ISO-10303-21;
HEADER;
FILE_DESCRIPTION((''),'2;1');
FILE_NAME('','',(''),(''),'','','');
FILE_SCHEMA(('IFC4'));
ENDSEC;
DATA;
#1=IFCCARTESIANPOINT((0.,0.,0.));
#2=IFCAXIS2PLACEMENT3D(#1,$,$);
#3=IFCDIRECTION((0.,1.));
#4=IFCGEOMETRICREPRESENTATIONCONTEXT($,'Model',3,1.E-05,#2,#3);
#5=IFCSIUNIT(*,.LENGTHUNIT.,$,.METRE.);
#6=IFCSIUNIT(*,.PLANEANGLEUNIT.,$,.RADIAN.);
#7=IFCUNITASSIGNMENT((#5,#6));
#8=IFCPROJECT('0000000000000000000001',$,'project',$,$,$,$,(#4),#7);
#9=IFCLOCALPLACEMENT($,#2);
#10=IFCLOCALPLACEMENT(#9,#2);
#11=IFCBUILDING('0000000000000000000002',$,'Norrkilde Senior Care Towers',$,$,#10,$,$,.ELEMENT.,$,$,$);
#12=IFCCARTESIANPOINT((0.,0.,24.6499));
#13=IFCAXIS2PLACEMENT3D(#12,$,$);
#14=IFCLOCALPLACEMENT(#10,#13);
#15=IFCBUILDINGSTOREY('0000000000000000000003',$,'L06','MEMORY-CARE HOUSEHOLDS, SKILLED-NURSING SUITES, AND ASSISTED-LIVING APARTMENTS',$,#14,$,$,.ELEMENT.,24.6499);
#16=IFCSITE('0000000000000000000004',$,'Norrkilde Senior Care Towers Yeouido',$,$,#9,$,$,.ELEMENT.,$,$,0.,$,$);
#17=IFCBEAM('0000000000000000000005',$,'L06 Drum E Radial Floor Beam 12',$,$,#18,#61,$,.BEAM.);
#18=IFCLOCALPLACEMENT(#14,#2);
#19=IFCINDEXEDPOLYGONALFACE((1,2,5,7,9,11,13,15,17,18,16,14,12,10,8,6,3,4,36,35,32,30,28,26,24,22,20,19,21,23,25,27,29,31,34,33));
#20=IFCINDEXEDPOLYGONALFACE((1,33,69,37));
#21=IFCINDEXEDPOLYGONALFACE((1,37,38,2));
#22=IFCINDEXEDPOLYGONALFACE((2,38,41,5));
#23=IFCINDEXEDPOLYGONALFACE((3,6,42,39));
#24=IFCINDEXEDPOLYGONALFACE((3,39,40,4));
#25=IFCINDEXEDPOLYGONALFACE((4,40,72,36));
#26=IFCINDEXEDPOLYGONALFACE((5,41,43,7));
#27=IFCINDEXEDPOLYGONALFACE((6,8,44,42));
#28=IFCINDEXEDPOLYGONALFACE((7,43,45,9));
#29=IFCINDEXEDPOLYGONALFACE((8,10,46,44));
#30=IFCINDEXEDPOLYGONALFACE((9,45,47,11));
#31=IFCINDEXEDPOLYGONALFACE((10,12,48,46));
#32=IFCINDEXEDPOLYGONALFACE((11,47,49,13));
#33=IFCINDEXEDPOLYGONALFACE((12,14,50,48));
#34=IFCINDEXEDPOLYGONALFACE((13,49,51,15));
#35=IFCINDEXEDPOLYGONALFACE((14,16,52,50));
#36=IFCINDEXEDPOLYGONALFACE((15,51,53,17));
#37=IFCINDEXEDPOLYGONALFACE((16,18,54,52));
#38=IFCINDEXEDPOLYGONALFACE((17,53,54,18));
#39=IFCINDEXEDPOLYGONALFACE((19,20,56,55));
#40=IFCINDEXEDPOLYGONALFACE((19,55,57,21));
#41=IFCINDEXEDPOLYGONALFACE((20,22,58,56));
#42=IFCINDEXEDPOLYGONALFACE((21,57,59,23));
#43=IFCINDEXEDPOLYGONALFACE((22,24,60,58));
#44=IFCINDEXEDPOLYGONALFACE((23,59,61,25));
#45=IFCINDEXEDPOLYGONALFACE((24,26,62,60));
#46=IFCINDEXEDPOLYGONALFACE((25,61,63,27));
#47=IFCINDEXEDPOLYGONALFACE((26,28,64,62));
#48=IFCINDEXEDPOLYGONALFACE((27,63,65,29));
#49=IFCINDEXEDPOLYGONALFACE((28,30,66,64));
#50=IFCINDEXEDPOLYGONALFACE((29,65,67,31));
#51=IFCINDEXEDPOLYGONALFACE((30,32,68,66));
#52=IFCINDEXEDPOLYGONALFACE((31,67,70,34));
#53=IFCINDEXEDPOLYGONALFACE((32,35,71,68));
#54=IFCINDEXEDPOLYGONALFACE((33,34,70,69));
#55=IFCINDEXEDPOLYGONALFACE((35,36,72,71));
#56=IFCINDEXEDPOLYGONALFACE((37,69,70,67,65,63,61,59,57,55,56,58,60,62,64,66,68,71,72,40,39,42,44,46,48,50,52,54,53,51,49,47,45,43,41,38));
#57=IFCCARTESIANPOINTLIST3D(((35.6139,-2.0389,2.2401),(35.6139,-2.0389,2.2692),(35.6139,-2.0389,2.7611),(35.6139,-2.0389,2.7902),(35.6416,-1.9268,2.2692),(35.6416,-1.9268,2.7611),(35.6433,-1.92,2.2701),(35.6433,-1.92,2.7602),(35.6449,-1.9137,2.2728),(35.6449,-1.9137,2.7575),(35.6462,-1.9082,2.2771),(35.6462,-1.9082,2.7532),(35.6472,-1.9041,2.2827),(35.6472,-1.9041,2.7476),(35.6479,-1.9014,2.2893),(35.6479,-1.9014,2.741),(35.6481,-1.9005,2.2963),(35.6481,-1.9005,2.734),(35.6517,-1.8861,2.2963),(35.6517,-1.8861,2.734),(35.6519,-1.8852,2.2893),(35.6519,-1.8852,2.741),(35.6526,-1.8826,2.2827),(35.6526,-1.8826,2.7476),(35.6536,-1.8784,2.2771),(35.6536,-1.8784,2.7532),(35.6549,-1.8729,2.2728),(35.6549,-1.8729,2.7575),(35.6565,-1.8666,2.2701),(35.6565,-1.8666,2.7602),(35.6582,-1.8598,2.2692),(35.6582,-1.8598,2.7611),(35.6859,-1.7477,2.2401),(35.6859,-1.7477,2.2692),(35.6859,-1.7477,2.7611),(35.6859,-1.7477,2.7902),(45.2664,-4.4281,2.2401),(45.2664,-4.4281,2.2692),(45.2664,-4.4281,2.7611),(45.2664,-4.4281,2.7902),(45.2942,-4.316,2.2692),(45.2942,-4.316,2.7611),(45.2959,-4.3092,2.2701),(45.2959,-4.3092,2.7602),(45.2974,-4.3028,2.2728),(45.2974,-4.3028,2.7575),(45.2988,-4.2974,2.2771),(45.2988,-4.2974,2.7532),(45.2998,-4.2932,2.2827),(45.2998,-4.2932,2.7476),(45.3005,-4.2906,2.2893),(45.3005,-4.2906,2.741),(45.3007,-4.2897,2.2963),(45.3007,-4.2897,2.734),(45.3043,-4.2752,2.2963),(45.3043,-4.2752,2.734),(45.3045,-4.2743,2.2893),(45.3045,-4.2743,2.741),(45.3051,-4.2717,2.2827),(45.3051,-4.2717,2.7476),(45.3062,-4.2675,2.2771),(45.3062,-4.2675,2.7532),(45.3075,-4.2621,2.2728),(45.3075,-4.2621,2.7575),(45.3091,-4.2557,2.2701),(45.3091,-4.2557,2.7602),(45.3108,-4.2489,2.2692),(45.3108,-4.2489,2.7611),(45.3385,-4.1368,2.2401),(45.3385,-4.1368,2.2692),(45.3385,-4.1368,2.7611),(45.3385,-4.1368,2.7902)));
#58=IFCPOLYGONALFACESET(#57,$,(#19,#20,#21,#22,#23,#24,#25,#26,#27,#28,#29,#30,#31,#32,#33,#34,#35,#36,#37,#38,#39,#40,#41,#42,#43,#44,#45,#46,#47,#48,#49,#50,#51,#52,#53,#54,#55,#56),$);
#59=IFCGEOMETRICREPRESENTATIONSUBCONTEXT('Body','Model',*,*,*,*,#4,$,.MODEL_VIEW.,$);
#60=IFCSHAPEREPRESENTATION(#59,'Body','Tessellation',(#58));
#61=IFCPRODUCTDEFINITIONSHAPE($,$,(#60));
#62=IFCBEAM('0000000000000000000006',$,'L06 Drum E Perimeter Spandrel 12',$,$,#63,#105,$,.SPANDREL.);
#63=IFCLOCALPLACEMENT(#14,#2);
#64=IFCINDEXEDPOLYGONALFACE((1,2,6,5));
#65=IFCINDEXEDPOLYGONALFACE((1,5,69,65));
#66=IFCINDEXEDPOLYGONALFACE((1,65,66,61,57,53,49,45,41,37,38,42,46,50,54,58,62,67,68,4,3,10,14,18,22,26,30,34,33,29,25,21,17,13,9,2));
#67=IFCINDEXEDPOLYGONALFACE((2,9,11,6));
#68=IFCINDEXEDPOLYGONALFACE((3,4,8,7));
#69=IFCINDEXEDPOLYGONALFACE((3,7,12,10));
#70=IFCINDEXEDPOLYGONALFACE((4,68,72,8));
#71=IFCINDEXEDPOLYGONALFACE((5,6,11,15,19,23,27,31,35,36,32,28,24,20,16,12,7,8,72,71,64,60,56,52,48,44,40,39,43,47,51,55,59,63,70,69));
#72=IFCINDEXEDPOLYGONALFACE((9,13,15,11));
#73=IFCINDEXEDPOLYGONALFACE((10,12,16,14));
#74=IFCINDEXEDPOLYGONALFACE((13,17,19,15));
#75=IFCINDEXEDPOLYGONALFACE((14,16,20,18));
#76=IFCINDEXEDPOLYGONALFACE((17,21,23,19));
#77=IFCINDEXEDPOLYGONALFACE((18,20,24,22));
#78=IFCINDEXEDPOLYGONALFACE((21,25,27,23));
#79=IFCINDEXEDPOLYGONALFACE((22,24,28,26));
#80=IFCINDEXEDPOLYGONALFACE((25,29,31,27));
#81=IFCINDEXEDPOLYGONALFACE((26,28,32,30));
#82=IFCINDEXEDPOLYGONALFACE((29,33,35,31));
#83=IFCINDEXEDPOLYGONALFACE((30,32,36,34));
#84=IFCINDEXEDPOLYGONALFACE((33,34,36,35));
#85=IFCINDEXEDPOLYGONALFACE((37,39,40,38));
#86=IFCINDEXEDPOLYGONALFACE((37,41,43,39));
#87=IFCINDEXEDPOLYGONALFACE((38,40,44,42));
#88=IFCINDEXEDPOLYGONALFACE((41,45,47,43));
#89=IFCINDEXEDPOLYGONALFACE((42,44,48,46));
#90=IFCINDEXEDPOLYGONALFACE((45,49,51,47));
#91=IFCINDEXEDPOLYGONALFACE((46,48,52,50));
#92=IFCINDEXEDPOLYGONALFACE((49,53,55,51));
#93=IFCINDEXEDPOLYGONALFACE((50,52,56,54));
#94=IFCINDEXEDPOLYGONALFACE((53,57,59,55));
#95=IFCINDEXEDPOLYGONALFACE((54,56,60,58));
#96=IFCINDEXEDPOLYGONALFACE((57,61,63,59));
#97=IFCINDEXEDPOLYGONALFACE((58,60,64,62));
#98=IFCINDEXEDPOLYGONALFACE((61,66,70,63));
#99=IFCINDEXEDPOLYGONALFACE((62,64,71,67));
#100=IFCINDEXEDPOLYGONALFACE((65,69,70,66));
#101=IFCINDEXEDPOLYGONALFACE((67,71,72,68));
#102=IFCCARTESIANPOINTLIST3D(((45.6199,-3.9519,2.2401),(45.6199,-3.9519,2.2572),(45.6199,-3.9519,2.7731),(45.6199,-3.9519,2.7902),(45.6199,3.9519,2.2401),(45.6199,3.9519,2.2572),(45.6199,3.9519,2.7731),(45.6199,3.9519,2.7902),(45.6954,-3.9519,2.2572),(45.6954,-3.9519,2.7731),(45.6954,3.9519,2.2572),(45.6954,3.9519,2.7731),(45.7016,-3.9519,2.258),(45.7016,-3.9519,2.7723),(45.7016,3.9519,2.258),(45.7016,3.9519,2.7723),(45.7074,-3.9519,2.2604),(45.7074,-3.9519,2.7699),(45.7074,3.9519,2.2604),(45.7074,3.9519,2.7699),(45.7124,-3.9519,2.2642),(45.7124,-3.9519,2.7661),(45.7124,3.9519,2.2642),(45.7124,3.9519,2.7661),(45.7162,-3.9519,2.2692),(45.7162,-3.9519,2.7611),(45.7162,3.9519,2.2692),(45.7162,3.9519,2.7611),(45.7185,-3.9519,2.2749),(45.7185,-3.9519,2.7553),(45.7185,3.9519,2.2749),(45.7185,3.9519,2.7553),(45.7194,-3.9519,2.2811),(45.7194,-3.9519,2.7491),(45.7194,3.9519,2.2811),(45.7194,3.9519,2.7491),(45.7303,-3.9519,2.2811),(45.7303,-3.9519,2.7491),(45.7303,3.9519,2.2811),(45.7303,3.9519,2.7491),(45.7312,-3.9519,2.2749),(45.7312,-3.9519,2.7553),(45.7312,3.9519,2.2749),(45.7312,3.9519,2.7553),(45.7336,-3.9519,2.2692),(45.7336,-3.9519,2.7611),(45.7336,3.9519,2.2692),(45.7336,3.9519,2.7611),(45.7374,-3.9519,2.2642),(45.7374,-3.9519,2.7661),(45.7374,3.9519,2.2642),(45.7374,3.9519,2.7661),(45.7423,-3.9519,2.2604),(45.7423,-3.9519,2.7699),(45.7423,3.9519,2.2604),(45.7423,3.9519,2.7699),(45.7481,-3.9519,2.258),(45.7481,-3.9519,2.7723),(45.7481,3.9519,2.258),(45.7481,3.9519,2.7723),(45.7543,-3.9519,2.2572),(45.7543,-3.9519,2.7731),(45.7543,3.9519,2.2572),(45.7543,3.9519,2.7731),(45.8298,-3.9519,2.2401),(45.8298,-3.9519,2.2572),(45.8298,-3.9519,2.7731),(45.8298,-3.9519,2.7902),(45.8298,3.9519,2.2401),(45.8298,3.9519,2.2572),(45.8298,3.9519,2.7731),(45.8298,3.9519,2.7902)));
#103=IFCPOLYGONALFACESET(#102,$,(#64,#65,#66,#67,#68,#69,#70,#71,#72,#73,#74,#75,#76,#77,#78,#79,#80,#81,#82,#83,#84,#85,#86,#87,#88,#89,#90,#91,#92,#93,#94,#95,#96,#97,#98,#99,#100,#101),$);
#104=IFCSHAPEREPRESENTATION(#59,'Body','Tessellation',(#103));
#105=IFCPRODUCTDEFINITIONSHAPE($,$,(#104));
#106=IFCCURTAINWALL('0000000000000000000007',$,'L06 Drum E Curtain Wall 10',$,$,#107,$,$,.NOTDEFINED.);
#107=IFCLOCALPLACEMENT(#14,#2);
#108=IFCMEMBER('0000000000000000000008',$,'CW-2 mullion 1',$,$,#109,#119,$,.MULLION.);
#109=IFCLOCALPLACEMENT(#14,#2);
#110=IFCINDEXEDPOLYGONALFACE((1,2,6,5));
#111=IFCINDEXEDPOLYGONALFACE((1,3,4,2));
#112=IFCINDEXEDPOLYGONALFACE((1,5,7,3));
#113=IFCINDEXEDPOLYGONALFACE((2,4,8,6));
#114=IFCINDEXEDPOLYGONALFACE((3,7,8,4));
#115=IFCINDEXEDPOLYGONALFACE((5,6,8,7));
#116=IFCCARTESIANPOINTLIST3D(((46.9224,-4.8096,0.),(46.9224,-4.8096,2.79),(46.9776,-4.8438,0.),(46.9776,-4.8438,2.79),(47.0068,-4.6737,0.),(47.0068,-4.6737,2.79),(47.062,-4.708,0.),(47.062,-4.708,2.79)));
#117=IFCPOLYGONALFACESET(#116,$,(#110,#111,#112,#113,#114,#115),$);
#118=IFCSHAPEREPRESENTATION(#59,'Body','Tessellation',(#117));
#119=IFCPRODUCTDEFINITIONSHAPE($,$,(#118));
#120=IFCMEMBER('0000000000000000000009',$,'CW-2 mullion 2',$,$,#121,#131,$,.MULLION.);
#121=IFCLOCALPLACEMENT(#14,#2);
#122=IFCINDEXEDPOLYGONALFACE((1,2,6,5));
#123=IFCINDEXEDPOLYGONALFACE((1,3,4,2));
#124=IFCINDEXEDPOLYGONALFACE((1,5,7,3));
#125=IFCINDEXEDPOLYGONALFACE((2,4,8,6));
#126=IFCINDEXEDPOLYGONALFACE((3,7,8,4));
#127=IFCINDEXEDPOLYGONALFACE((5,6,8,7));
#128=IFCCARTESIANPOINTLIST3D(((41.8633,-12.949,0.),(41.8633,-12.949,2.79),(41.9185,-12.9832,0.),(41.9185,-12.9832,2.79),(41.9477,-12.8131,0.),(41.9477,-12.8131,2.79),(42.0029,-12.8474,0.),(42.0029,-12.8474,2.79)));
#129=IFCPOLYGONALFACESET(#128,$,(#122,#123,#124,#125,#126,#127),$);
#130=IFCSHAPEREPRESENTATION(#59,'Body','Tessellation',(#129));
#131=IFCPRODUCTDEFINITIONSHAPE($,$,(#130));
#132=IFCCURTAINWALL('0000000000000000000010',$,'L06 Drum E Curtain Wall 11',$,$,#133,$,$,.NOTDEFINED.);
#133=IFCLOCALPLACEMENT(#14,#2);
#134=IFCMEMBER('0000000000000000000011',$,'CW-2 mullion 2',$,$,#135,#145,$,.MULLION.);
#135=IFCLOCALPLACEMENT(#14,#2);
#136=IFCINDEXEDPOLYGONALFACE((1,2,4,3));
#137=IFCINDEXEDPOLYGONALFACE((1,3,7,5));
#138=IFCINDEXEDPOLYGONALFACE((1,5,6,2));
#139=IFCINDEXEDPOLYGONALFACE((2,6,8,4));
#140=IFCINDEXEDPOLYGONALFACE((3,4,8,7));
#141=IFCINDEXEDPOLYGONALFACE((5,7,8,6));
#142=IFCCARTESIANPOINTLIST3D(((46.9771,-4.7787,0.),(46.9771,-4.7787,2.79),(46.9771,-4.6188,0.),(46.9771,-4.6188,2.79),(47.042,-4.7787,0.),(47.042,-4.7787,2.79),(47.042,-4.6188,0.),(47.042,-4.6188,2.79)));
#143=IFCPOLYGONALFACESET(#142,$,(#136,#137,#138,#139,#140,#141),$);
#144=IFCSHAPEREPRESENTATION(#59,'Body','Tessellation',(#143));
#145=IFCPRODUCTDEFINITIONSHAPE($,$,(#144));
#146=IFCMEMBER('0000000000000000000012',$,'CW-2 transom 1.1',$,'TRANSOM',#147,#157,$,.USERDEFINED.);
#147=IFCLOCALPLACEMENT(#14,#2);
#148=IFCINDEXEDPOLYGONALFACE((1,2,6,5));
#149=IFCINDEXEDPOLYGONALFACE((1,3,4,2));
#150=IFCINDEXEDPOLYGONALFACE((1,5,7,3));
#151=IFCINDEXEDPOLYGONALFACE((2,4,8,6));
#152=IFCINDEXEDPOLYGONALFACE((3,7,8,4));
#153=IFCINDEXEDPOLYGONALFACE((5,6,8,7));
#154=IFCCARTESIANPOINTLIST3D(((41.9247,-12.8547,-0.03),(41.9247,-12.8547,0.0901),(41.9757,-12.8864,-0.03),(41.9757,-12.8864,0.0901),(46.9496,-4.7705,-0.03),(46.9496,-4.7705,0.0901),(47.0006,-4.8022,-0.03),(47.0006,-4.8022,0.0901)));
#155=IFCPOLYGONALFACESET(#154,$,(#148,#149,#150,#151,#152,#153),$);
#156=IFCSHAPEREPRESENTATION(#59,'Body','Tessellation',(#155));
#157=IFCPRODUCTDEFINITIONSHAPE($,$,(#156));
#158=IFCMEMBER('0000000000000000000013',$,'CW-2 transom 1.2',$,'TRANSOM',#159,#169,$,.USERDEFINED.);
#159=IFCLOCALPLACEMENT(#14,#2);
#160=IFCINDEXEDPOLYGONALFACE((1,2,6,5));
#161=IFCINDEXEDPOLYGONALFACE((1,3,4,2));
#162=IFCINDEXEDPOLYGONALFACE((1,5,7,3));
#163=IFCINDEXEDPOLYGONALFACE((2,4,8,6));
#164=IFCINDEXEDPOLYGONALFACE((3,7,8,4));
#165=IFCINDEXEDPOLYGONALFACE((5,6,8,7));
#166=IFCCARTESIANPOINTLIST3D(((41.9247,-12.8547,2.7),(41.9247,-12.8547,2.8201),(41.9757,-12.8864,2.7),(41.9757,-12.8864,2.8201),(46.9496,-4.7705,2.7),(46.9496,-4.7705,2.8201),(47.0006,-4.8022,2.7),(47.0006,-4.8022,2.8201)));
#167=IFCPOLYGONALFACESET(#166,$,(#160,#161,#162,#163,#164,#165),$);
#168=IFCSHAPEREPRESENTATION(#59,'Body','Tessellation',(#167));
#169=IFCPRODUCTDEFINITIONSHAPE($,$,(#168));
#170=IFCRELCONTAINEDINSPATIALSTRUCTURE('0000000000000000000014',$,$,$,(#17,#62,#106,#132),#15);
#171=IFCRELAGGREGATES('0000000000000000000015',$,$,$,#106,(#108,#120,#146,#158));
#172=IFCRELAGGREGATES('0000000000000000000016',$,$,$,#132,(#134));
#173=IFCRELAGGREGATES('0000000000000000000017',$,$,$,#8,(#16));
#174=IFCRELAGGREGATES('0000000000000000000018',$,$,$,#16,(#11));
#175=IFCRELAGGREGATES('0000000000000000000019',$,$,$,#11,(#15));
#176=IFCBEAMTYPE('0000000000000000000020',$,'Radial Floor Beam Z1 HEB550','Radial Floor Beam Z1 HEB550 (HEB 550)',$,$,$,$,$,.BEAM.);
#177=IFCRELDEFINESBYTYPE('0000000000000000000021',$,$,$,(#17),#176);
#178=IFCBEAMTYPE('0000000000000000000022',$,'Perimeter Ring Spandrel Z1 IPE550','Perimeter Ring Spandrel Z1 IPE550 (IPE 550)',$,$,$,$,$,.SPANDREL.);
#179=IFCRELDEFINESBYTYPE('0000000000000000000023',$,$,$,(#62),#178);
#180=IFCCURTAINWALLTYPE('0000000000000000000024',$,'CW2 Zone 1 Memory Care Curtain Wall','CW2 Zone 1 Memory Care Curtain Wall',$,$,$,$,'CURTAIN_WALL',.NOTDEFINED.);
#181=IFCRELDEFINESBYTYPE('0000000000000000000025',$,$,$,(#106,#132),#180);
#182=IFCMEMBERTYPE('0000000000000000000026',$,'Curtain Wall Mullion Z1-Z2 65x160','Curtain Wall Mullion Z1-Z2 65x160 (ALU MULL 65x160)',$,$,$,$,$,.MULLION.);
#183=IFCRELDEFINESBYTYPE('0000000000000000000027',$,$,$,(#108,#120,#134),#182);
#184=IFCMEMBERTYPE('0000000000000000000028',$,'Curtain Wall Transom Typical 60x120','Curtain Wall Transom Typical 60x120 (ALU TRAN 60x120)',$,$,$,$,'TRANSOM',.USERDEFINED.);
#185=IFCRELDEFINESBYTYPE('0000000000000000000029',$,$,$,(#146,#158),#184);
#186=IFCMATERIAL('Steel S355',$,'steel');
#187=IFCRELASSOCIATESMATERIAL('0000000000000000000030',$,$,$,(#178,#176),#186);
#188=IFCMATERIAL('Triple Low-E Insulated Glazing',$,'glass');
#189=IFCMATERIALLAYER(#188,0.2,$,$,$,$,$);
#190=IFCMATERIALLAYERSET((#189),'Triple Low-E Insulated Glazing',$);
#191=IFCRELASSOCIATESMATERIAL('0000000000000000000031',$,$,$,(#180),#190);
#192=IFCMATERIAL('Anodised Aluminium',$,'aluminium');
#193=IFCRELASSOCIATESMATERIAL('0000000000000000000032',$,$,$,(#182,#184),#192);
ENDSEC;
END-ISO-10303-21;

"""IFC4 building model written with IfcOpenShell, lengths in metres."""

from ifc_helpers import new_model, si_unit, direction, frame, origin, origin_2d, place, context, subcontext, project, spatial, rectangle, i_section, extrude, source, transform, mapped, material, layer, layer_set, material_profile, profile_set, type_object, type_shapes, element, aggregate, save


model = new_model("IFC4")

# Units and contexts
model_context = context("Model", 3, precision=1e-05, world=origin(), true_north=direction((0.0, 1.0)))
body_context = subcontext(model_context, "Body", "Model", "MODEL_VIEW")
ifc_project = project(units=[si_unit("LENGTHUNIT", "METRE"), si_unit("PLANEANGLEUNIT", "RADIAN")], contexts=[model_context])

# Site, building, storey
site_placement = place(None, origin())
site = spatial("IfcSite", under=ifc_project, at=site_placement, Name="Norrkilde Senior Care Towers Yeouido", CompositionType="ELEMENT", RefElevation=0.0)
building_placement = place(site_placement, origin())
building = spatial("IfcBuilding", under=site, at=building_placement, Name="Norrkilde Senior Care Towers", CompositionType="ELEMENT")
storey_placement = place(building_placement, frame((0.0, 0.0, 24.6499)))
storey = spatial("IfcBuildingStorey", under=building, at=storey_placement, Name="L06", Description="MEMORY-CARE HOUSEHOLDS, SKILLED-NURSING SUITES, AND ASSISTED-LIVING APARTMENTS", CompositionType="ELEMENT", Elevation=24.6499)

# Beams
ifc_material_1 = material(Name="Steel S355", Category="steel")
ifc_material_profile_1 = material_profile(ifc_material_1, i_section(OverallWidth=0.21, OverallDepth=0.55, WebThickness=0.011, FlangeThickness=0.0171, FilletRadius=0.0239, at=origin_2d()), Name="IPE 550")
ifc_profile_set_1 = profile_set([ifc_material_profile_1], Name="Steel S355")
beam_type_1 = type_object("IfcBeamType", Name="Perimeter Ring Spandrel Z1 IPE550", Description="Perimeter Ring Spandrel Z1 IPE550 (IPE 550)", PredefinedType="SPANDREL", material=ifc_profile_set_1)
ifc_material_profile_2 = material_profile(ifc_material_1, i_section(OverallWidth=0.3, OverallDepth=0.55, WebThickness=0.0149, FlangeThickness=0.0291, FilletRadius=0.0271, at=origin_2d()), Name="HEB 550")
ifc_profile_set_2 = profile_set([ifc_material_profile_2], Name="Steel S355")
beam_type_2 = type_object("IfcBeamType", Name="Radial Floor Beam Z1 HEB550", Description="Radial Floor Beam Z1 HEB550 (HEB 550)", PredefinedType="BEAM", material=ifc_profile_set_2)
shared_shape_1 = source(origin(), body_context, "Body", "SweptSolid", [
    extrude(i_section(OverallWidth=0.3, OverallDepth=0.55, WebThickness=0.0149, FlangeThickness=0.0291, FilletRadius=0.0271, at=origin_2d()), origin(), (0.0, 0.0, 1.0), 9.9438),
])
type_shapes(beam_type_2, [shared_shape_1])
beam_1_placement = place(storey_placement, frame((35.6499, -1.8933, 2.5151), z_axis=(0.970707, -0.240265, 0.0), x_axis=(0.240265, 0.970707, 0.0)))
element("IfcBeam", 1, at=beam_1_placement, inside=storey, type_object=beam_type_2, Name="L06 Drum E Radial Floor Beam 12", PredefinedType="BEAM", context=body_context, shape_type="MappedRepresentation", body=[
    mapped(shared_shape_1, transform((0.0, 0.0, 0.0), x_axis=(1.0, 0.0, 0.0), y_axis=(0.0, 1.0, 0.0), z_axis=(0.0, 0.0, 1.0), scale=1.0)),
])
shared_shape_2 = source(origin(), body_context, "Body", "SweptSolid", [
    extrude(i_section(OverallWidth=0.21, OverallDepth=0.55, WebThickness=0.011, FlangeThickness=0.0171, FilletRadius=0.0239, at=origin_2d()), origin(), (0.0, 0.0, 1.0), 7.9038),
])
beam_2_placement = place(storey_placement, frame((45.7249, -3.9519, 2.5151), z_axis=(0.0, 1.0, 0.0), x_axis=(-1.0, 0.0, 0.0)))
element("IfcBeam", 2, at=beam_2_placement, inside=storey, type_object=beam_type_1, Name="L06 Drum E Perimeter Spandrel 12", PredefinedType="SPANDREL", context=body_context, shape_type="MappedRepresentation", body=[
    mapped(shared_shape_2, transform((0.0, 0.0, 0.0), x_axis=(1.0, 0.0, 0.0), y_axis=(0.0, 1.0, 0.0), z_axis=(0.0, 0.0, 1.0), scale=1.0)),
])

# Curtain wall, members
ifc_material_2 = material(Name="Triple Low-E Insulated Glazing", Category="glass")
ifc_layer_1 = layer(ifc_material_2, 0.2)
ifc_layer_set_1 = layer_set([ifc_layer_1], Name="Triple Low-E Insulated Glazing")
curtain_wall_type = type_object("IfcCurtainWallType", Name="CW2 Zone 1 Memory Care Curtain Wall", Description="CW2 Zone 1 Memory Care Curtain Wall", ElementType="CURTAIN_WALL", PredefinedType="NOTDEFINED", material=ifc_layer_set_1)
curtain_wall_1_placement = place(storey_placement, origin())
curtain_wall_1 = element("IfcCurtainWall", 3, at=curtain_wall_1_placement, inside=storey, type_object=curtain_wall_type, Name="L06 Drum E Curtain Wall 10", PredefinedType="NOTDEFINED")
ifc_material_3 = material(Name="Anodised Aluminium", Category="aluminium")
ifc_material_profile_3 = material_profile(ifc_material_3, rectangle(XDim=0.0649, YDim=0.1599, at=origin_2d()), Name="ALU MULL 65x160")
ifc_profile_set_3 = profile_set([ifc_material_profile_3], Name="Anodised Aluminium")
member_type_1 = type_object("IfcMemberType", Name="Curtain Wall Mullion Z1-Z2 65x160", Description="Curtain Wall Mullion Z1-Z2 65x160 (ALU MULL 65x160)", PredefinedType="MULLION", material=ifc_profile_set_3)
shared_shape_3 = source(origin(), body_context, "Body", "SweptSolid", [
    extrude(rectangle(XDim=0.0649, YDim=0.1599, at=origin_2d()), origin(), (0.0, 0.0, 1.0), 2.79),
])
type_shapes(member_type_1, [shared_shape_3])
member_1_placement = place(storey_placement, frame((46.9922, -4.7588, 0.0), z_axis=(0.0, 0.0, 1.0), x_axis=(0.849306, -0.527901, 0.0)))
member_1 = element("IfcMember", 4, at=member_1_placement, type_object=member_type_1, Name="CW-2 mullion 1", PredefinedType="MULLION", context=body_context, shape_type="MappedRepresentation", body=[
    mapped(shared_shape_3, transform((0.0, 0.0, 0.0), x_axis=(1.0, 0.0, 0.0), y_axis=(0.0, 1.0, 0.0), z_axis=(0.0, 0.0, 1.0), scale=1.0)),
])
member_2_placement = place(storey_placement, frame((41.9331, -12.8982, 0.0), z_axis=(0.0, 0.0, 1.0), x_axis=(0.849306, -0.527901, 0.0)))
member_2 = element("IfcMember", 5, at=member_2_placement, type_object=member_type_1, Name="CW-2 mullion 2", PredefinedType="MULLION", context=body_context, shape_type="MappedRepresentation", body=[
    mapped(shared_shape_3, transform((0.0, 0.0, 0.0), x_axis=(1.0, 0.0, 0.0), y_axis=(0.0, 1.0, 0.0), z_axis=(0.0, 0.0, 1.0), scale=1.0)),
])

# Curtain wall, member
curtain_wall_2_placement = place(storey_placement, origin())
curtain_wall_2 = element("IfcCurtainWall", 6, at=curtain_wall_2_placement, inside=storey, type_object=curtain_wall_type, Name="L06 Drum E Curtain Wall 11", PredefinedType="NOTDEFINED")
member_3_placement = place(storey_placement, frame((47.0095, -4.6987, 0.0), z_axis=(0.0, 0.0, 1.0), x_axis=(1.0, 0.0, 0.0)))
member_3 = element("IfcMember", 7, at=member_3_placement, type_object=member_type_1, Name="CW-2 mullion 2", PredefinedType="MULLION", context=body_context, shape_type="MappedRepresentation", body=[
    mapped(shared_shape_3, transform((0.0, 0.0, 0.0), x_axis=(1.0, 0.0, 0.0), y_axis=(0.0, 1.0, 0.0), z_axis=(0.0, 0.0, 1.0), scale=1.0)),
])

# Members
ifc_material_profile_4 = material_profile(ifc_material_3, rectangle(XDim=0.0601, YDim=0.1201, at=origin_2d()), Name="ALU TRAN 60x120")
ifc_profile_set_4 = profile_set([ifc_material_profile_4], Name="Anodised Aluminium")
member_type_2 = type_object("IfcMemberType", Name="Curtain Wall Transom Typical 60x120", Description="Curtain Wall Transom Typical 60x120 (ALU TRAN 60x120)", ElementType="TRANSOM", PredefinedType="USERDEFINED", material=ifc_profile_set_4)
shared_shape_4 = source(origin(), body_context, "Body", "SweptSolid", [
    extrude(rectangle(XDim=0.0601, YDim=0.1201, at=origin_2d()), origin(), (0.0, 0.0, 1.0), 9.5186),
])
type_shapes(member_type_2, [shared_shape_4])
member_4_placement = place(storey_placement, frame((46.9751, -4.7864, 0.03), z_axis=(-0.527902, -0.849306, 0.0), x_axis=(0.849306, -0.527902, 0.0)))
member_4 = element("IfcMember", 8, at=member_4_placement, type_object=member_type_2, Name="CW-2 transom 1.1", ObjectType="TRANSOM", PredefinedType="USERDEFINED", context=body_context, shape_type="MappedRepresentation", body=[
    mapped(shared_shape_4, transform((0.0, 0.0, 0.0), x_axis=(1.0, 0.0, 0.0), y_axis=(0.0, 1.0, 0.0), z_axis=(0.0, 0.0, 1.0), scale=1.0)),
])
member_5_placement = place(storey_placement, frame((46.9751, -4.7864, 2.76), z_axis=(-0.527902, -0.849306, 0.0), x_axis=(0.849306, -0.527902, 0.0)))
member_5 = element("IfcMember", 9, at=member_5_placement, type_object=member_type_2, Name="CW-2 transom 1.2", ObjectType="TRANSOM", PredefinedType="USERDEFINED", context=body_context, shape_type="MappedRepresentation", body=[
    mapped(shared_shape_4, transform((0.0, 0.0, 0.0), x_axis=(1.0, 0.0, 0.0), y_axis=(0.0, 1.0, 0.0), z_axis=(0.0, 0.0, 1.0), scale=1.0)),
])

aggregate(curtain_wall_1, [member_1, member_2, member_4, member_5])
aggregate(curtain_wall_2, [member_3])

save(model, "model.ifc")
